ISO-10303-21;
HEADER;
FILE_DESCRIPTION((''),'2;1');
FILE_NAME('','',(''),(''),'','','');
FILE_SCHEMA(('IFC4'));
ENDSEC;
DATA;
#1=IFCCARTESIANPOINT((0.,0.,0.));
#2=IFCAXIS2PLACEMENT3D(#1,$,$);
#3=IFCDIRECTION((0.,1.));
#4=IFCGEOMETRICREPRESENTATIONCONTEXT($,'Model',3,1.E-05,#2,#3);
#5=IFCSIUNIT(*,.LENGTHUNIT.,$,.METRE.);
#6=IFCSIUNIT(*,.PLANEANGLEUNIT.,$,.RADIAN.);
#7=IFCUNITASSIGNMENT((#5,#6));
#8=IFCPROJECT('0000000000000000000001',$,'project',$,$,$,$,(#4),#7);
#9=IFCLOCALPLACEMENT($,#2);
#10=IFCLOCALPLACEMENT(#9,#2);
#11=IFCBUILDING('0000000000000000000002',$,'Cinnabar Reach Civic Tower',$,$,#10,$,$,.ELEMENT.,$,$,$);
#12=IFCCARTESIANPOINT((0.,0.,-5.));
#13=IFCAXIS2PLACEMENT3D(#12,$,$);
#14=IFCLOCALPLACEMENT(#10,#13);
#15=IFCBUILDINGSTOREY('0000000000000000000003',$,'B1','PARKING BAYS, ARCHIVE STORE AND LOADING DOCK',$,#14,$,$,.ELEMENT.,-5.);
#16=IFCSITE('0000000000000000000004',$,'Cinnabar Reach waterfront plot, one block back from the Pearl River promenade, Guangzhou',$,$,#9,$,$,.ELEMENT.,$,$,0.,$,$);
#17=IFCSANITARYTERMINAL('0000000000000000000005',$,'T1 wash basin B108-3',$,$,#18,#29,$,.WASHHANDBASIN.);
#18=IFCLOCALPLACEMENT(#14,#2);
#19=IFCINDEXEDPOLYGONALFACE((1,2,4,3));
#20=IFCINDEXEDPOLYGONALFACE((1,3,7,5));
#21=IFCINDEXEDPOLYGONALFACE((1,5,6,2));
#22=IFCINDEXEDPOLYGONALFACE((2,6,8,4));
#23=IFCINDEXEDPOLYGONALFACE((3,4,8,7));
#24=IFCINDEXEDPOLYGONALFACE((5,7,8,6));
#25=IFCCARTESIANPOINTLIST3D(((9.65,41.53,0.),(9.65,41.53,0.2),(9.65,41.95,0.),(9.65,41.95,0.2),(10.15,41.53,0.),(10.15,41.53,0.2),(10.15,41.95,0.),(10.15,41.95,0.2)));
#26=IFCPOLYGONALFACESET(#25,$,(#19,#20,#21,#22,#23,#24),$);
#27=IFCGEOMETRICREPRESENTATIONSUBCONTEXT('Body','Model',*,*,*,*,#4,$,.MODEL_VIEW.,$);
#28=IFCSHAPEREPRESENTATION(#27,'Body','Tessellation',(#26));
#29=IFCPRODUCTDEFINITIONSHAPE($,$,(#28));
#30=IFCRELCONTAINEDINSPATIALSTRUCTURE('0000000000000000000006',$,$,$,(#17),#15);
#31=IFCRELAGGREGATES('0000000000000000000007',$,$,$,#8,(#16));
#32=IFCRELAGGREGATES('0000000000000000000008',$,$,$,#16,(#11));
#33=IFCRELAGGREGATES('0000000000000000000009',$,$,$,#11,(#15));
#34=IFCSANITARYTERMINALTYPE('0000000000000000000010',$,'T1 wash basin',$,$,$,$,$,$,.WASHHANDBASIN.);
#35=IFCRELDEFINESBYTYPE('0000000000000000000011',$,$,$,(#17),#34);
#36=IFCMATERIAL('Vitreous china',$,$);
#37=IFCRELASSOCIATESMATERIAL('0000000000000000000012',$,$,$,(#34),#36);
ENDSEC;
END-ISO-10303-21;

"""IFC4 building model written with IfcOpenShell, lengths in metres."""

from ifc_helpers import new_model, si_unit, direction, frame, origin, origin_2d, place, context, subcontext, project, spatial, rectangle, extrude, material, type_object, element, save


model = new_model("IFC4")

# Units and contexts
model_context = context("Model", 3, precision=1e-05, world=origin(), true_north=direction((0.0, 1.0)))
body_context = subcontext(model_context, "Body", "Model", "MODEL_VIEW")
ifc_project = project(units=[si_unit("LENGTHUNIT", "METRE"), si_unit("PLANEANGLEUNIT", "RADIAN")], contexts=[model_context])

# Site, building, storey
site_placement = place(None, origin())
site = spatial("IfcSite", under=ifc_project, at=site_placement, Name="Cinnabar Reach waterfront plot, one block back from the Pearl River promenade, Guangzhou", CompositionType="ELEMENT", RefElevation=0.0)
building_placement = place(site_placement, origin())
building = spatial("IfcBuilding", under=site, at=building_placement, Name="Cinnabar Reach Civic Tower", CompositionType="ELEMENT")
storey_placement = place(building_placement, frame((0.0, 0.0, -5.0)))
storey = spatial("IfcBuildingStorey", under=building, at=storey_placement, Name="B1", Description="PARKING BAYS, ARCHIVE STORE AND LOADING DOCK", CompositionType="ELEMENT", Elevation=-5.0)

# Sanitary terminal
ifc_material_1 = material(Name="Vitreous china")
sanitary_terminal_type_1 = type_object("IfcSanitaryTerminalType", Name="T1 wash basin", PredefinedType="WASHHANDBASIN", material=ifc_material_1)
for number, where, z_axis, x_axis, name in (
    (1, (9.9, 41.74, 0.0), (0.0, 0.0, 1.0), (1.0, 0.0, 0.0), "T1 wash basin B108-3"),
):
    element("IfcSanitaryTerminal", number, at=place(storey_placement, frame(where, z_axis=z_axis, x_axis=x_axis)), inside=storey, type_object=sanitary_terminal_type_1, Name=name, PredefinedType="WASHHANDBASIN", context=body_context, shape_type="SweptSolid", body=[
        extrude(rectangle(XDim=0.5, YDim=0.42, at=origin_2d()), origin(), (0.0, 0.0, 1.0), 0.2),
    ])

save(model, "model.ifc")
